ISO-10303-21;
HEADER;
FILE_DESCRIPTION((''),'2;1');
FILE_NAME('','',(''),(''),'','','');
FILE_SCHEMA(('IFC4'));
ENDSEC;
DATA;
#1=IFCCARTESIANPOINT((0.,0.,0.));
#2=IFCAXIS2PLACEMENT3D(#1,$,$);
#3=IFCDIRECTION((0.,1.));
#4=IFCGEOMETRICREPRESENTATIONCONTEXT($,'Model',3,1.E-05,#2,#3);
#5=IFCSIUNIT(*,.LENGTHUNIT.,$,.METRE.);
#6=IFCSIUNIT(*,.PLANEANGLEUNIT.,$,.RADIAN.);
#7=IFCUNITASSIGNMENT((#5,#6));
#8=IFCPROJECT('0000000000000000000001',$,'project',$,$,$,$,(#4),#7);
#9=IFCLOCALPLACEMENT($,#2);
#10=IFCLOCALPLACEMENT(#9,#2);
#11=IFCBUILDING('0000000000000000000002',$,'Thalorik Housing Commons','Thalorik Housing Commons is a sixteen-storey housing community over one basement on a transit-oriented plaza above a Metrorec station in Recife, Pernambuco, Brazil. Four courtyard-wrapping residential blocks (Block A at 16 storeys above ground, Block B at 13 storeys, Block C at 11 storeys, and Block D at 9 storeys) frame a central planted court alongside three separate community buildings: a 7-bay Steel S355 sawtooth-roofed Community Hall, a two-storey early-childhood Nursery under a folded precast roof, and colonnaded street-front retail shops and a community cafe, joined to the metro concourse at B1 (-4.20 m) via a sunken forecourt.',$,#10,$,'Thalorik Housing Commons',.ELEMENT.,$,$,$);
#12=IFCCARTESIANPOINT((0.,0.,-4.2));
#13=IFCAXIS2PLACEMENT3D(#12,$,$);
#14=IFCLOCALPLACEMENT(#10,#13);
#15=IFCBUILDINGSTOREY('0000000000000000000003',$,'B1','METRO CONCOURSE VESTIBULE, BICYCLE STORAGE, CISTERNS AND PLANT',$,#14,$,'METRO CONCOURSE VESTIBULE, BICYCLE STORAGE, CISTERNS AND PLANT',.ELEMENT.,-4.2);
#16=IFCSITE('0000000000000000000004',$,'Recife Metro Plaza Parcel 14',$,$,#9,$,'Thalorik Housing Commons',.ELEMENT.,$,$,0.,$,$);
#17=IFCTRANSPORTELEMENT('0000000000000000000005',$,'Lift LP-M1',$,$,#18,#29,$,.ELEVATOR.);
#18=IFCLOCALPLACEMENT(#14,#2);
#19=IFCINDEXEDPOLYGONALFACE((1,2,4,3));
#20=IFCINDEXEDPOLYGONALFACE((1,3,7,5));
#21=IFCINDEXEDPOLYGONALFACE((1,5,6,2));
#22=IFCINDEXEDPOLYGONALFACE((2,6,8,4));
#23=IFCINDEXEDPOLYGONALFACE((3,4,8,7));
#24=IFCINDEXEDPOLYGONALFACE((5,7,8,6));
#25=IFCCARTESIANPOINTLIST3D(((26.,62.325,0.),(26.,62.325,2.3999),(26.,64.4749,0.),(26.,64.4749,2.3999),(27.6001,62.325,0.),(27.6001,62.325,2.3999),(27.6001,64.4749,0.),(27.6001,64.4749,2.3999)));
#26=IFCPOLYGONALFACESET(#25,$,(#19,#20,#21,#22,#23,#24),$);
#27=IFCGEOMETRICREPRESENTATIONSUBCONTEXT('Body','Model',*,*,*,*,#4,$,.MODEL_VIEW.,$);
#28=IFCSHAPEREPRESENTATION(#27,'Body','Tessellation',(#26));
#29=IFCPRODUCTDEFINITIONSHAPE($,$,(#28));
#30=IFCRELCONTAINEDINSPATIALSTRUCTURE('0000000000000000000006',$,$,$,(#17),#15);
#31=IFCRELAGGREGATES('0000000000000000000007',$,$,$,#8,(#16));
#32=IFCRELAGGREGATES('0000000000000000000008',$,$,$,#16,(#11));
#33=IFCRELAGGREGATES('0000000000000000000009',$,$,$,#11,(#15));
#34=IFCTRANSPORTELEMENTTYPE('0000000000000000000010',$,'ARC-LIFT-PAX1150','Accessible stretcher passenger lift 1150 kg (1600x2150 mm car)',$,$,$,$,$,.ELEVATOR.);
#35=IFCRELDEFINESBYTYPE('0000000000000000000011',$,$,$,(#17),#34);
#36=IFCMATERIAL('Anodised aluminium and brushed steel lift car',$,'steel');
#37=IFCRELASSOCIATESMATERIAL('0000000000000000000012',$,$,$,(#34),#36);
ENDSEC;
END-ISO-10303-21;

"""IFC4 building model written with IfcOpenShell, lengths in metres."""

from ifc_helpers import new_model, si_unit, direction, frame, origin, origin_2d, place, context, subcontext, project, spatial, rectangle, extrude, material, type_object, element, save


model = new_model("IFC4")

# Units and contexts
model_context = context("Model", 3, precision=1e-05, world=origin(), true_north=direction((0.0, 1.0)))
body_context = subcontext(model_context, "Body", "Model", "MODEL_VIEW")
ifc_project = project(units=[si_unit("LENGTHUNIT", "METRE"), si_unit("PLANEANGLEUNIT", "RADIAN")], contexts=[model_context])

# Site, building, storey
site_placement = place(None, origin())
site = spatial("IfcSite", under=ifc_project, at=site_placement, Name="Recife Metro Plaza Parcel 14", LongName="Thalorik Housing Commons", CompositionType="ELEMENT", RefElevation=0.0)
building_placement = place(site_placement, origin())
building = spatial("IfcBuilding", under=site, at=building_placement, Name="Thalorik Housing Commons", Description="Thalorik Housing Commons is a sixteen-storey housing community over one basement on a transit-oriented plaza above a Metrorec station in Recife, Pernambuco, Brazil. Four courtyard-wrapping residential blocks (Block A at 16 storeys above ground, Block B at 13 storeys, Block C at 11 storeys, and Block D at 9 storeys) frame a central planted court alongside three separate community buildings: a 7-bay Steel S355 sawtooth-roofed Community Hall, a two-storey early-childhood Nursery under a folded precast roof, and colonnaded street-front retail shops and a community cafe, joined to the metro concourse at B1 (-4.20 m) via a sunken forecourt.", LongName="Thalorik Housing Commons", CompositionType="ELEMENT")
storey_placement = place(building_placement, frame((0.0, 0.0, -4.2)))
storey = spatial("IfcBuildingStorey", under=building, at=storey_placement, Name="B1", Description="METRO CONCOURSE VESTIBULE, BICYCLE STORAGE, CISTERNS AND PLANT", LongName="METRO CONCOURSE VESTIBULE, BICYCLE STORAGE, CISTERNS AND PLANT", CompositionType="ELEMENT", Elevation=-4.2)

# Transport element
ifc_material_1 = material(Name="Anodised aluminium and brushed steel lift car", Category="steel")
transport_element_type = type_object("IfcTransportElementType", Name="ARC-LIFT-PAX1150", Description="Accessible stretcher passenger lift 1150 kg (1600x2150 mm car)", PredefinedType="ELEVATOR", material=ifc_material_1)
transport_element_placement = place(storey_placement, frame((26.8, 63.3999, 0.0), z_axis=(0.0, 0.0, 1.0), x_axis=(1.0, 0.0, 0.0)))
element("IfcTransportElement", 1, at=transport_element_placement, inside=storey, type_object=transport_element_type, Name="Lift LP-M1", PredefinedType="ELEVATOR", context=body_context, shape_type="SweptSolid", body=[
    extrude(rectangle(XDim=1.6001, YDim=2.1499, at=origin_2d()), origin(), (0.0, 0.0, 1.0), 2.3999),
])

save(model, "model.ifc")
